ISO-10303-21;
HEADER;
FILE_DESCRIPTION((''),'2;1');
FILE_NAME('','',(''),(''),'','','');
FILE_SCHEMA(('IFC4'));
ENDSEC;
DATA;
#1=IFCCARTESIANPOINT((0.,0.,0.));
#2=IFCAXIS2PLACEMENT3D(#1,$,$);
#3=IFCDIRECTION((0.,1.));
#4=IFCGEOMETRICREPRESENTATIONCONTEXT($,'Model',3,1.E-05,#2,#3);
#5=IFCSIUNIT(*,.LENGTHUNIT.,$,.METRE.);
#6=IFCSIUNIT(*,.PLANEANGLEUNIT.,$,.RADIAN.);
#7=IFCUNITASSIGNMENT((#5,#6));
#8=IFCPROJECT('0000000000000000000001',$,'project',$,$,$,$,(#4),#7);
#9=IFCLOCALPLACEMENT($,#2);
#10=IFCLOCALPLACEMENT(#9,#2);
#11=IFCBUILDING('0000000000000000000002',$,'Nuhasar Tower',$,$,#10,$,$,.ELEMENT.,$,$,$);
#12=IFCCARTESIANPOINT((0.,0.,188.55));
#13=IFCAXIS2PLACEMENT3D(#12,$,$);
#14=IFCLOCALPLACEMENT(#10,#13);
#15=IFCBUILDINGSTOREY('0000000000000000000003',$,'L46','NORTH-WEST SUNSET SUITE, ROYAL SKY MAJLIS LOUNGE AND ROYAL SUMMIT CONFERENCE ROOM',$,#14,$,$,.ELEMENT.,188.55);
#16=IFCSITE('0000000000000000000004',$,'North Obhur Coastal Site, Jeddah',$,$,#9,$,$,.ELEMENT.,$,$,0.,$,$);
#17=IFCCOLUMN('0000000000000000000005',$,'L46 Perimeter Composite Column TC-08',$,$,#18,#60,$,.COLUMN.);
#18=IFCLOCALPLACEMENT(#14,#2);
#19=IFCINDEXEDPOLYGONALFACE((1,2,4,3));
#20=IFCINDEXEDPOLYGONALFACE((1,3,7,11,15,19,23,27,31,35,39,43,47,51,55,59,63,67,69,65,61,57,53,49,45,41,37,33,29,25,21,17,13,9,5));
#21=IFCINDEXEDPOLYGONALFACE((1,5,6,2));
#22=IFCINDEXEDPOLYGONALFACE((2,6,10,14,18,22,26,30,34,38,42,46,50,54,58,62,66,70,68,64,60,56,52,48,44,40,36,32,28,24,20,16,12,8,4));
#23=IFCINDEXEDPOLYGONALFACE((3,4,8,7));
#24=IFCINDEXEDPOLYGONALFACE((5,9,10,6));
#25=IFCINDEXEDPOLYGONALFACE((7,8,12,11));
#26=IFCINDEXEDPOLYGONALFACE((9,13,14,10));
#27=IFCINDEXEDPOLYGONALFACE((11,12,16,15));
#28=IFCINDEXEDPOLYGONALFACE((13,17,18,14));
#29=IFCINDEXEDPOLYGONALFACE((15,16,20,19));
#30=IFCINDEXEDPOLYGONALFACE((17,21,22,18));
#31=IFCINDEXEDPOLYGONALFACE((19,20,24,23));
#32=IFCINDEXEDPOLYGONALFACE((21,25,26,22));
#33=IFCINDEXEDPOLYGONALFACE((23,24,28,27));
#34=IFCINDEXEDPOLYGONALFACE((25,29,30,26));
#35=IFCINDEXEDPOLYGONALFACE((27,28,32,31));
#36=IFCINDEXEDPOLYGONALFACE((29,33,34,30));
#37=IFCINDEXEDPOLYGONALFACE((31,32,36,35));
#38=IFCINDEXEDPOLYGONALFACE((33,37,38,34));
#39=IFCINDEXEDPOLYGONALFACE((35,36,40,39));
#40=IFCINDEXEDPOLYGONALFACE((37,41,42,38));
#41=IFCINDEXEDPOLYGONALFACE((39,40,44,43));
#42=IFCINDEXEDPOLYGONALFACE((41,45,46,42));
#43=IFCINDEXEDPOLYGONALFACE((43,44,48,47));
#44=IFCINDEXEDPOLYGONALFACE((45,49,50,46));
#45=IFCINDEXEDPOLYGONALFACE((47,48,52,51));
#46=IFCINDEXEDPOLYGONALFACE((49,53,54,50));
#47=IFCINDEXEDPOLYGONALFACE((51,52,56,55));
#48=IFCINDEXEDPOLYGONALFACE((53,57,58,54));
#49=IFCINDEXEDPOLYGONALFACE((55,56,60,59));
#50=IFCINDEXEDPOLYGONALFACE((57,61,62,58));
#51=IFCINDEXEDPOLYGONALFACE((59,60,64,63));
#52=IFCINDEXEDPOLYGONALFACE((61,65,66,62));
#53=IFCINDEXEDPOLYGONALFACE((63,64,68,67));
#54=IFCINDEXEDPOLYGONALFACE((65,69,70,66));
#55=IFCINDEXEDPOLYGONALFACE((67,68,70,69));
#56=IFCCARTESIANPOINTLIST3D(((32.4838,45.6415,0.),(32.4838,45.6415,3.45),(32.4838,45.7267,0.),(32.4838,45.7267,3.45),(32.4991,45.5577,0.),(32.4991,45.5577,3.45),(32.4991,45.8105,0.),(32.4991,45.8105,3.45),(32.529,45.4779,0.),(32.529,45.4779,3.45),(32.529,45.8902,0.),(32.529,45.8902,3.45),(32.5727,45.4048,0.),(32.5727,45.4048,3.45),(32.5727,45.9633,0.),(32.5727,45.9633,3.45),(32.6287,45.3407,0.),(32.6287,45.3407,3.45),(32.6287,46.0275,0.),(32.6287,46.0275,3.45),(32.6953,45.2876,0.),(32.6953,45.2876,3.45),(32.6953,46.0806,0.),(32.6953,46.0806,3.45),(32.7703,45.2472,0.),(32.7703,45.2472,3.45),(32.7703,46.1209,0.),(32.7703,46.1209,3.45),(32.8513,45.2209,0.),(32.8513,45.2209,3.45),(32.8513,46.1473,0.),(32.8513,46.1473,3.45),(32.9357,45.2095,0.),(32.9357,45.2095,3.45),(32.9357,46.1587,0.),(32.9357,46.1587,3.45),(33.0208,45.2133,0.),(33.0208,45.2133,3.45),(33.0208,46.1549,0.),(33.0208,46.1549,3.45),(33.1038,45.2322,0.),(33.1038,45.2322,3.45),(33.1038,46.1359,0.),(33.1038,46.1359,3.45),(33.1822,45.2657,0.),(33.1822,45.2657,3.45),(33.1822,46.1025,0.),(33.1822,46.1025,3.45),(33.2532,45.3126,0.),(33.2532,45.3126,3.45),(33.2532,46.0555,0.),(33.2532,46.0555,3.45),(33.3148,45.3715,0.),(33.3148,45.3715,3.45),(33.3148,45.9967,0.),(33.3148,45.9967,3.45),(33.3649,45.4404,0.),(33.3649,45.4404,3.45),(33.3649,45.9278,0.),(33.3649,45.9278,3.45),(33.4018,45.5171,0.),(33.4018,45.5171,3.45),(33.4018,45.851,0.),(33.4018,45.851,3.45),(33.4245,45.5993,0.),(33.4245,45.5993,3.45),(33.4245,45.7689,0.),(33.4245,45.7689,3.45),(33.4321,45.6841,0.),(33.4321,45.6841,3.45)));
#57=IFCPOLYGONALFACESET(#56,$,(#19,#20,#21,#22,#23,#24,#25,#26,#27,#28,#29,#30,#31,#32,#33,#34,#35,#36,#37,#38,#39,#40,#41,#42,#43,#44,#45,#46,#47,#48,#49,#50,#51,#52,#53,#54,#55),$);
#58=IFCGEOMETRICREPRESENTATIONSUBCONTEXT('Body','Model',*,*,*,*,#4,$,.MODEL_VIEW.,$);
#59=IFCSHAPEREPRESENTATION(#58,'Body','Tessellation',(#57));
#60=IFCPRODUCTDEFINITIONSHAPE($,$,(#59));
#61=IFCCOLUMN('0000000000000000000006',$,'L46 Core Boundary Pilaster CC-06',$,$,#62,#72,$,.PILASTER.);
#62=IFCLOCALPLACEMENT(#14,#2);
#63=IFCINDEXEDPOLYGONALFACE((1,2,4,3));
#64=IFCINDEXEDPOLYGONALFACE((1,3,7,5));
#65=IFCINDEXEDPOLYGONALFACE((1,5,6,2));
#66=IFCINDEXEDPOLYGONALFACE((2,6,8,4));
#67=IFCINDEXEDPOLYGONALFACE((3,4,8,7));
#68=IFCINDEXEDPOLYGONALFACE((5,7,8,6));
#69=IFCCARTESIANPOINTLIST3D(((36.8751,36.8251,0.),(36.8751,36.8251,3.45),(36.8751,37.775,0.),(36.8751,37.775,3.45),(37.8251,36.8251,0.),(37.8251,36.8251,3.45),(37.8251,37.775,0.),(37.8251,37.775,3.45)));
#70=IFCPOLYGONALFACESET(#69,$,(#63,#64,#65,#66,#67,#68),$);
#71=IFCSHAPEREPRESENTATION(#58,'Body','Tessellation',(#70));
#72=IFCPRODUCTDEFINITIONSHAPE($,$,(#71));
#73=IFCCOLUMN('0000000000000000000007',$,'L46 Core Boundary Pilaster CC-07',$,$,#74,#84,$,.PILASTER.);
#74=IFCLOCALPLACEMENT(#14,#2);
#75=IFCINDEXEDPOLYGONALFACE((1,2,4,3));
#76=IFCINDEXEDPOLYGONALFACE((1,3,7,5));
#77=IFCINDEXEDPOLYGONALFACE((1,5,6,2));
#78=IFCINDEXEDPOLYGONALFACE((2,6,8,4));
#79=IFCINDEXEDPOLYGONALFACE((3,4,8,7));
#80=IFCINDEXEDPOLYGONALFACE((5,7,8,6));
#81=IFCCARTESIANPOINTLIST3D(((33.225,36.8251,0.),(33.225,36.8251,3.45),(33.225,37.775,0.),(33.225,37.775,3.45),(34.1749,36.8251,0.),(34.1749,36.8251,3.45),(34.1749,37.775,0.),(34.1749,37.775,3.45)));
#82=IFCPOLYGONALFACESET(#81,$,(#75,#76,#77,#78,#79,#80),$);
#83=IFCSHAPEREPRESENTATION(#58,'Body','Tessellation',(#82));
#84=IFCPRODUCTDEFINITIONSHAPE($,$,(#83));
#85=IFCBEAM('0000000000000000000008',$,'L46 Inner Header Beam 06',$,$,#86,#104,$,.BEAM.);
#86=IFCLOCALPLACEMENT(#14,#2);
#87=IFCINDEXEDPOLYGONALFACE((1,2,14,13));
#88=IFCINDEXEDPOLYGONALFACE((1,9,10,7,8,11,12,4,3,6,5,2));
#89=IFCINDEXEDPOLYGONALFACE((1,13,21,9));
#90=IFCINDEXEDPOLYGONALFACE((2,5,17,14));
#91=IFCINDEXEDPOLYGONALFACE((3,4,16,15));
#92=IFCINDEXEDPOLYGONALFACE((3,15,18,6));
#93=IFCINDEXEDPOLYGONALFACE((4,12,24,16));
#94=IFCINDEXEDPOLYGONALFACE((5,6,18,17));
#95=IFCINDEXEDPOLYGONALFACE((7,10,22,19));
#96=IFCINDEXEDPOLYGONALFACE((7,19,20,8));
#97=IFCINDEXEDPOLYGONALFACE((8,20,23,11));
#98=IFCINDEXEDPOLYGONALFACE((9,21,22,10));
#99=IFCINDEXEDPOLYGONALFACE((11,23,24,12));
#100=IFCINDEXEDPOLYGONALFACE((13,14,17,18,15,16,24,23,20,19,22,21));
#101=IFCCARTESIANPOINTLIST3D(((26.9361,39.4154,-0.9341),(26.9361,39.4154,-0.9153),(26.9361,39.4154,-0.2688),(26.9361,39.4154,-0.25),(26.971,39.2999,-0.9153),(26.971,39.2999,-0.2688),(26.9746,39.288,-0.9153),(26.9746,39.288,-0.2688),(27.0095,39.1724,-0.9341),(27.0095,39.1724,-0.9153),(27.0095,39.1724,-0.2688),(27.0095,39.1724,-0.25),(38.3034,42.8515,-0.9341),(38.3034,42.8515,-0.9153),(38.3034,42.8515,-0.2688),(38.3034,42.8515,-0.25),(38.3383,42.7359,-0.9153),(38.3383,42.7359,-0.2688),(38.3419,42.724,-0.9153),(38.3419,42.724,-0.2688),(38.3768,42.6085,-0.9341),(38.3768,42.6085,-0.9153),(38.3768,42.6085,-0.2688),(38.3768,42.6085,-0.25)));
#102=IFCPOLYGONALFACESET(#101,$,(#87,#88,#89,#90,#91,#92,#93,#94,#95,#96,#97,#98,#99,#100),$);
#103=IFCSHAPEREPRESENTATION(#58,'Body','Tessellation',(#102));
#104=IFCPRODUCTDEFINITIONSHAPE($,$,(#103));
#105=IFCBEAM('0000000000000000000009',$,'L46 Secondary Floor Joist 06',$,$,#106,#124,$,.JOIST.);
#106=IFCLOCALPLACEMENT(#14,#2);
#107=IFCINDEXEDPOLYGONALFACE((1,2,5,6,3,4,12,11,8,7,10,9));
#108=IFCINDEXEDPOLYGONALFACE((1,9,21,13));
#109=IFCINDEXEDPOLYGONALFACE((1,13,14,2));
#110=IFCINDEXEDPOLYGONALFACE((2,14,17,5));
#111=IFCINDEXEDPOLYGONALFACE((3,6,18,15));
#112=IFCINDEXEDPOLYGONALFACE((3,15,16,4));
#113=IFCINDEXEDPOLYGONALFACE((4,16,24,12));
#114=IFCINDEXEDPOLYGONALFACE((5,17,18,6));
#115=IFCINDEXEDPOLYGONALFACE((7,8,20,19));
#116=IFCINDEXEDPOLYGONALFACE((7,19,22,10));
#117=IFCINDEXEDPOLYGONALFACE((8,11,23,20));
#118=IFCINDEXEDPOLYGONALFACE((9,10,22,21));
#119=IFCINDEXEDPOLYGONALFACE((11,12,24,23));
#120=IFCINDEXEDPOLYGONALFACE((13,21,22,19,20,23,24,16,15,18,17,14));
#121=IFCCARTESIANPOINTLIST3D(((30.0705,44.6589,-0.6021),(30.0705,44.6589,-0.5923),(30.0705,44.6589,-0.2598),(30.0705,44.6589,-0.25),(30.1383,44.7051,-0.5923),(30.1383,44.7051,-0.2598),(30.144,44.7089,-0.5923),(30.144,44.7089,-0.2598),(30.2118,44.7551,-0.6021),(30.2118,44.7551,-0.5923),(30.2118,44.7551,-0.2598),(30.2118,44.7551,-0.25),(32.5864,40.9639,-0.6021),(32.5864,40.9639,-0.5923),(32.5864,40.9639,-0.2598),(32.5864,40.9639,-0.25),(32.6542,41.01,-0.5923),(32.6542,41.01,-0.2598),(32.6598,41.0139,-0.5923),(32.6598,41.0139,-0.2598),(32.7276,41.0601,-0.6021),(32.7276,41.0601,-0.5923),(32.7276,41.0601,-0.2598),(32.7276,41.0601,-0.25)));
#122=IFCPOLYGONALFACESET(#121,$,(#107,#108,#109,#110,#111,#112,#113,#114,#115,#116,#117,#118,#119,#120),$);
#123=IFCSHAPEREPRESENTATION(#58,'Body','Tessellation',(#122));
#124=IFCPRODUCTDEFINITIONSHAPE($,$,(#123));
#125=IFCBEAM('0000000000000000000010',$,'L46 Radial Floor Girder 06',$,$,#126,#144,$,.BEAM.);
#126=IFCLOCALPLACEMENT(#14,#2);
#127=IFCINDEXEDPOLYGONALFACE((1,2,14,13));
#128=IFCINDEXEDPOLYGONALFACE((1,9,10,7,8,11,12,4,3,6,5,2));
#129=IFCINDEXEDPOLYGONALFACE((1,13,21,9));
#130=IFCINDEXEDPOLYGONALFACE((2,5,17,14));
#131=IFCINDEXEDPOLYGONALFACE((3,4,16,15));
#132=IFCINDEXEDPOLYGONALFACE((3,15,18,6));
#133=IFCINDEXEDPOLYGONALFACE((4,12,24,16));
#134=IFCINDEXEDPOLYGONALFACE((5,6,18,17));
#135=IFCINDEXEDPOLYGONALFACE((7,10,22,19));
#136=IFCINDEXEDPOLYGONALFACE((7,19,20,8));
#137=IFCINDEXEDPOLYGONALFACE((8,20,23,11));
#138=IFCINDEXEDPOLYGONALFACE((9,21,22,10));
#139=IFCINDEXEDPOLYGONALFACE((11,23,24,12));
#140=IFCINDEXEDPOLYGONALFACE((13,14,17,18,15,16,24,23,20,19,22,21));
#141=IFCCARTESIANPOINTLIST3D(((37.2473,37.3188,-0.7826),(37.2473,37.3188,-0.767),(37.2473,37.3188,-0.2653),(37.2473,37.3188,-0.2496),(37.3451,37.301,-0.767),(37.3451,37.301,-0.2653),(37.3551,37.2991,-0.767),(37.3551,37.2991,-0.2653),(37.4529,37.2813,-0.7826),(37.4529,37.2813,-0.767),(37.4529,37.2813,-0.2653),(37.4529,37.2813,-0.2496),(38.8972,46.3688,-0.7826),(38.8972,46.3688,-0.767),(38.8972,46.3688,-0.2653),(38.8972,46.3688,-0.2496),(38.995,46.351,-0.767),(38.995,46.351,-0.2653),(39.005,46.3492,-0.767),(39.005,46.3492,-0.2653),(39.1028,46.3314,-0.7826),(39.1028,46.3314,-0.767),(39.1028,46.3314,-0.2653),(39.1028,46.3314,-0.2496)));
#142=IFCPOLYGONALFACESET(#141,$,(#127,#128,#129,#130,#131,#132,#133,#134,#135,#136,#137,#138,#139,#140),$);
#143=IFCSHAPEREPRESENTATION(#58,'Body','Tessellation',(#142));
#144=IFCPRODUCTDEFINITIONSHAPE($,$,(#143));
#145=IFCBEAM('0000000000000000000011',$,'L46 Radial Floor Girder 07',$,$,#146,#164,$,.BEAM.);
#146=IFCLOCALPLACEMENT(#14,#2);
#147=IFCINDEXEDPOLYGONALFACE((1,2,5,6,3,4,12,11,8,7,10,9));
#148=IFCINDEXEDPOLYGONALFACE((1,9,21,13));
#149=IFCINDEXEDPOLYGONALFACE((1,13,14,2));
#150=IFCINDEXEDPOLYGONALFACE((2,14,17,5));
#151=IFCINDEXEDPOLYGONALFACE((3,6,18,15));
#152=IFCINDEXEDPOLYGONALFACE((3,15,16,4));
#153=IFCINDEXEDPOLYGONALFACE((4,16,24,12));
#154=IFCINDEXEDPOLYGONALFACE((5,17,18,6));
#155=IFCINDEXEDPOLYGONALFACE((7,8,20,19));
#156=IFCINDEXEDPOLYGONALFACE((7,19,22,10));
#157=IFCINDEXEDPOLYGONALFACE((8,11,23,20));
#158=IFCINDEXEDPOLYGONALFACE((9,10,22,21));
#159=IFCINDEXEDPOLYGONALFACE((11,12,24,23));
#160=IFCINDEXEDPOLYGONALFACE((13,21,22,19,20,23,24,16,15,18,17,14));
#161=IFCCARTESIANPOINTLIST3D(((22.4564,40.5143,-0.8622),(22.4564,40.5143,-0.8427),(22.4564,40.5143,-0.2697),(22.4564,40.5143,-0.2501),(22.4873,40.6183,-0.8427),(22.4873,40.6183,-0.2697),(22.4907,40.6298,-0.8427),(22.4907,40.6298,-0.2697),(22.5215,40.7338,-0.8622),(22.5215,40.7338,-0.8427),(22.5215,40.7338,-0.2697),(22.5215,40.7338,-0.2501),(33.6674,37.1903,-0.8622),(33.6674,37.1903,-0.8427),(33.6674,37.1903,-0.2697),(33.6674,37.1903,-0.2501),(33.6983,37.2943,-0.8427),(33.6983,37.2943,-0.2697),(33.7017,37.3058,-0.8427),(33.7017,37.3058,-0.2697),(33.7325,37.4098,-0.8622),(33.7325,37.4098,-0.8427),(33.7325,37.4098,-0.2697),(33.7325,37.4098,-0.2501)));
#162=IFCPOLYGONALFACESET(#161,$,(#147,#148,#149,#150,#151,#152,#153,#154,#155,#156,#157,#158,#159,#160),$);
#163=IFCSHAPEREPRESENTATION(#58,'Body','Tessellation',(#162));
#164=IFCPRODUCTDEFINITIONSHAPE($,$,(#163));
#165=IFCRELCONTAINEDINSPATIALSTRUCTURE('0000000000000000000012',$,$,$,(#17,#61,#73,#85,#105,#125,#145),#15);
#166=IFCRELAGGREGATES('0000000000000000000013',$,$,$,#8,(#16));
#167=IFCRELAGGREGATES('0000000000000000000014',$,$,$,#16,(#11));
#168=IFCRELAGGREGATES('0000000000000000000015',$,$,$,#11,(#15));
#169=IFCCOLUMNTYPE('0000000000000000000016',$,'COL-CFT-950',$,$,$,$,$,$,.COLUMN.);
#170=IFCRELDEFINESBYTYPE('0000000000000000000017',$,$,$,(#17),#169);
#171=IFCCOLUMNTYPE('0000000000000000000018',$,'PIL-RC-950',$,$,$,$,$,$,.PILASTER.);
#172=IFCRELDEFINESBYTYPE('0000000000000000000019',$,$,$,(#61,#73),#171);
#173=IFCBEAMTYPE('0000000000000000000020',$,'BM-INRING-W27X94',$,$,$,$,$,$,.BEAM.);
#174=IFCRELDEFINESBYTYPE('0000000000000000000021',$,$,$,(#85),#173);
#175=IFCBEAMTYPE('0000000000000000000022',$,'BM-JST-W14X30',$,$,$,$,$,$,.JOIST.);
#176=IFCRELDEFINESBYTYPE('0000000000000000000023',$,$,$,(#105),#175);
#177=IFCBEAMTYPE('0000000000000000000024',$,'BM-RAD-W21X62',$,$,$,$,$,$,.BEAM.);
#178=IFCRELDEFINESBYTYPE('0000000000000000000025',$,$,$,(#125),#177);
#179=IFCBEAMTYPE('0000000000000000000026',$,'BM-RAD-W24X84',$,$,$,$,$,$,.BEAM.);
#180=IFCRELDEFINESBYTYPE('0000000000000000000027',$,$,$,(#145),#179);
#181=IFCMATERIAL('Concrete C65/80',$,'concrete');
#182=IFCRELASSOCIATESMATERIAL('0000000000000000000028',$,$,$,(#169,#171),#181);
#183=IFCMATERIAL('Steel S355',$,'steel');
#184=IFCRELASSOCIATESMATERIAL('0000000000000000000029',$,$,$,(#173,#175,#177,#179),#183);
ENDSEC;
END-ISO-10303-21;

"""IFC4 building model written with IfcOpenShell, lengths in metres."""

from ifc_helpers import new_model, si_unit, direction, frame, origin, origin_2d, place, context, subcontext, project, spatial, rectangle, circle, i_section, extrude, material, material_profile, profile_set, type_object, element, save


model = new_model("IFC4")

# Units and contexts
model_context = context("Model", 3, precision=1e-05, world=origin(), true_north=direction((0.0, 1.0)))
body_context = subcontext(model_context, "Body", "Model", "MODEL_VIEW")
ifc_project = project(units=[si_unit("LENGTHUNIT", "METRE"), si_unit("PLANEANGLEUNIT", "RADIAN")], contexts=[model_context])

# Site, building, storey
site_placement = place(None, origin())
site = spatial("IfcSite", under=ifc_project, at=site_placement, Name="North Obhur Coastal Site, Jeddah", CompositionType="ELEMENT", RefElevation=0.0)
building_placement = place(site_placement, origin())
building = spatial("IfcBuilding", under=site, at=building_placement, Name="Nuhasar Tower", CompositionType="ELEMENT")
storey_placement = place(building_placement, frame((0.0, 0.0, 188.55)))
storey = spatial("IfcBuildingStorey", under=building, at=storey_placement, Name="L46", Description="NORTH-WEST SUNSET SUITE, ROYAL SKY MAJLIS LOUNGE AND ROYAL SUMMIT CONFERENCE ROOM", CompositionType="ELEMENT", Elevation=188.55)

# Columns
ifc_material_1 = material(Name="Concrete C65/80", Category="concrete")
ifc_material_profile_1 = material_profile(ifc_material_1, circle(Radius=0.4751, at=origin_2d()), Name="CFT950")
ifc_profile_set_1 = profile_set([ifc_material_profile_1], Name="Concrete C65/80")
column_type_1 = type_object("IfcColumnType", Name="COL-CFT-950", PredefinedType="COLUMN", material=ifc_profile_set_1)
column_placement = place(storey_placement, frame((32.957, 45.6841, 0.0), z_axis=(0.0, 0.0, 1.0), x_axis=(1.0, 0.0, 0.0)))
element("IfcColumn", 1, at=column_placement, inside=storey, type_object=column_type_1, Name="L46 Perimeter Composite Column TC-08", PredefinedType="COLUMN", context=body_context, shape_type="SweptSolid", body=[
    extrude(circle(Radius=0.4751, at=origin_2d()), origin(), (0.0, 0.0, 1.0), 3.45),
])
ifc_material_profile_2 = material_profile(ifc_material_1, rectangle(XDim=0.95, YDim=0.95, at=origin_2d()), Name="RC950X950")
ifc_profile_set_2 = profile_set([ifc_material_profile_2], Name="Concrete C65/80")
column_type_2 = type_object("IfcColumnType", Name="PIL-RC-950", PredefinedType="PILASTER", material=ifc_profile_set_2)
for number, where, z_axis, x_axis, name in (
    (2, (37.3501, 37.3, 0.0), (0.0, 0.0, 1.0), (1.0, 0.0, 0.0), "L46 Core Boundary Pilaster CC-06"),
    (3, (33.7, 37.3, 0.0), (0.0, 0.0, 1.0), (1.0, 0.0, 0.0), "L46 Core Boundary Pilaster CC-07"),
):
    element("IfcColumn", number, at=place(storey_placement, frame(where, z_axis=z_axis, x_axis=x_axis)), inside=storey, type_object=column_type_2, Name=name, PredefinedType="PILASTER", context=body_context, shape_type="SweptSolid", body=[
        extrude(rectangle(XDim=0.95, YDim=0.95, at=origin_2d()), origin(), (0.0, 0.0, 1.0), 3.45),
    ])

# Beams
ifc_material_2 = material(Name="Steel S355", Category="steel")
ifc_material_profile_3 = material_profile(ifc_material_2, i_section(OverallWidth=0.2539, OverallDepth=0.6841, WebThickness=0.0125, FlangeThickness=0.0188, at=origin_2d()), Name="W27X94")
ifc_profile_set_3 = profile_set([ifc_material_profile_3], Name="Steel S355")
beam_type_1 = type_object("IfcBeamType", Name="BM-INRING-W27X94", PredefinedType="BEAM", material=ifc_profile_set_3)
beam_1_placement = place(storey_placement, frame((38.3401, 42.73, -0.592), z_axis=(-0.957224, -0.289347, 0.0), x_axis=(0.289347, -0.957224, 0.0)))
element("IfcBeam", 4, at=beam_1_placement, inside=storey, type_object=beam_type_1, Name="L46 Inner Header Beam 06", PredefinedType="BEAM", context=body_context, shape_type="SweptSolid", body=[
    extrude(i_section(OverallWidth=0.2539, OverallDepth=0.6841, WebThickness=0.0125, FlangeThickness=0.0188, at=origin_2d()), origin(), (0.0, 0.0, 1.0), 11.8752),
])
ifc_material_profile_4 = material_profile(ifc_material_2, i_section(OverallWidth=0.1709, OverallDepth=0.3521, WebThickness=0.0068, FlangeThickness=0.0098, at=origin_2d()), Name="W14X30")
ifc_profile_set_4 = profile_set([ifc_material_profile_4], Name="Steel S355")
beam_type_2 = type_object("IfcBeamType", Name="BM-JST-W14X30", PredefinedType="JOIST", material=ifc_profile_set_4)
beam_2_placement = place(storey_placement, frame((32.657, 41.012, -0.426), z_axis=(-0.562803, 0.826591, 0.0), x_axis=(-0.826591, -0.562803, 0.0)))
element("IfcBeam", 5, at=beam_2_placement, inside=storey, type_object=beam_type_2, Name="L46 Secondary Floor Joist 06", PredefinedType="JOIST", context=body_context, shape_type="SweptSolid", body=[
    extrude(i_section(OverallWidth=0.1709, OverallDepth=0.3521, WebThickness=0.0068, FlangeThickness=0.0098, at=origin_2d()), origin(), (0.0, 0.0, 1.0), 4.4702),
])
ifc_material_profile_5 = material_profile(ifc_material_2, i_section(OverallWidth=0.209, OverallDepth=0.533, WebThickness=0.0103, FlangeThickness=0.0156, at=origin_2d()), Name="W21X62")
ifc_profile_set_5 = profile_set([ifc_material_profile_5], Name="Steel S355")
beam_type_3 = type_object("IfcBeamType", Name="BM-RAD-W21X62", PredefinedType="BEAM", material=ifc_profile_set_5)
beam_3_placement = place(storey_placement, frame((37.3501, 37.3, -0.5161), z_axis=(0.179353, 0.983785, 0.0), x_axis=(-0.983785, 0.179353, 0.0)))
element("IfcBeam", 6, at=beam_3_placement, inside=storey, type_object=beam_type_3, Name="L46 Radial Floor Girder 06", PredefinedType="BEAM", context=body_context, shape_type="SweptSolid", body=[
    extrude(i_section(OverallWidth=0.209, OverallDepth=0.533, WebThickness=0.0103, FlangeThickness=0.0156, at=origin_2d()), origin(), (0.0, 0.0, 1.0), 9.1992),
])
ifc_material_profile_6 = material_profile(ifc_material_2, i_section(OverallWidth=0.229, OverallDepth=0.6121, WebThickness=0.012, FlangeThickness=0.0195, at=origin_2d()), Name="W24X84")
ifc_profile_set_6 = profile_set([ifc_material_profile_6], Name="Steel S355")
beam_type_4 = type_object("IfcBeamType", Name="BM-RAD-W24X84", PredefinedType="BEAM", material=ifc_profile_set_6)
beam_4_placement = place(storey_placement, frame((33.7, 37.3, -0.5562), z_axis=(-0.958746, 0.284262, 0.0), x_axis=(-0.284262, -0.958746, 0.0)))
element("IfcBeam", 7, at=beam_4_placement, inside=storey, type_object=beam_type_4, Name="L46 Radial Floor Girder 07", PredefinedType="BEAM", context=body_context, shape_type="SweptSolid", body=[
    extrude(i_section(OverallWidth=0.229, OverallDepth=0.6121, WebThickness=0.012, FlangeThickness=0.0195, at=origin_2d()), origin(), (0.0, 0.0, 1.0), 11.6934),
])

save(model, "model.ifc")
